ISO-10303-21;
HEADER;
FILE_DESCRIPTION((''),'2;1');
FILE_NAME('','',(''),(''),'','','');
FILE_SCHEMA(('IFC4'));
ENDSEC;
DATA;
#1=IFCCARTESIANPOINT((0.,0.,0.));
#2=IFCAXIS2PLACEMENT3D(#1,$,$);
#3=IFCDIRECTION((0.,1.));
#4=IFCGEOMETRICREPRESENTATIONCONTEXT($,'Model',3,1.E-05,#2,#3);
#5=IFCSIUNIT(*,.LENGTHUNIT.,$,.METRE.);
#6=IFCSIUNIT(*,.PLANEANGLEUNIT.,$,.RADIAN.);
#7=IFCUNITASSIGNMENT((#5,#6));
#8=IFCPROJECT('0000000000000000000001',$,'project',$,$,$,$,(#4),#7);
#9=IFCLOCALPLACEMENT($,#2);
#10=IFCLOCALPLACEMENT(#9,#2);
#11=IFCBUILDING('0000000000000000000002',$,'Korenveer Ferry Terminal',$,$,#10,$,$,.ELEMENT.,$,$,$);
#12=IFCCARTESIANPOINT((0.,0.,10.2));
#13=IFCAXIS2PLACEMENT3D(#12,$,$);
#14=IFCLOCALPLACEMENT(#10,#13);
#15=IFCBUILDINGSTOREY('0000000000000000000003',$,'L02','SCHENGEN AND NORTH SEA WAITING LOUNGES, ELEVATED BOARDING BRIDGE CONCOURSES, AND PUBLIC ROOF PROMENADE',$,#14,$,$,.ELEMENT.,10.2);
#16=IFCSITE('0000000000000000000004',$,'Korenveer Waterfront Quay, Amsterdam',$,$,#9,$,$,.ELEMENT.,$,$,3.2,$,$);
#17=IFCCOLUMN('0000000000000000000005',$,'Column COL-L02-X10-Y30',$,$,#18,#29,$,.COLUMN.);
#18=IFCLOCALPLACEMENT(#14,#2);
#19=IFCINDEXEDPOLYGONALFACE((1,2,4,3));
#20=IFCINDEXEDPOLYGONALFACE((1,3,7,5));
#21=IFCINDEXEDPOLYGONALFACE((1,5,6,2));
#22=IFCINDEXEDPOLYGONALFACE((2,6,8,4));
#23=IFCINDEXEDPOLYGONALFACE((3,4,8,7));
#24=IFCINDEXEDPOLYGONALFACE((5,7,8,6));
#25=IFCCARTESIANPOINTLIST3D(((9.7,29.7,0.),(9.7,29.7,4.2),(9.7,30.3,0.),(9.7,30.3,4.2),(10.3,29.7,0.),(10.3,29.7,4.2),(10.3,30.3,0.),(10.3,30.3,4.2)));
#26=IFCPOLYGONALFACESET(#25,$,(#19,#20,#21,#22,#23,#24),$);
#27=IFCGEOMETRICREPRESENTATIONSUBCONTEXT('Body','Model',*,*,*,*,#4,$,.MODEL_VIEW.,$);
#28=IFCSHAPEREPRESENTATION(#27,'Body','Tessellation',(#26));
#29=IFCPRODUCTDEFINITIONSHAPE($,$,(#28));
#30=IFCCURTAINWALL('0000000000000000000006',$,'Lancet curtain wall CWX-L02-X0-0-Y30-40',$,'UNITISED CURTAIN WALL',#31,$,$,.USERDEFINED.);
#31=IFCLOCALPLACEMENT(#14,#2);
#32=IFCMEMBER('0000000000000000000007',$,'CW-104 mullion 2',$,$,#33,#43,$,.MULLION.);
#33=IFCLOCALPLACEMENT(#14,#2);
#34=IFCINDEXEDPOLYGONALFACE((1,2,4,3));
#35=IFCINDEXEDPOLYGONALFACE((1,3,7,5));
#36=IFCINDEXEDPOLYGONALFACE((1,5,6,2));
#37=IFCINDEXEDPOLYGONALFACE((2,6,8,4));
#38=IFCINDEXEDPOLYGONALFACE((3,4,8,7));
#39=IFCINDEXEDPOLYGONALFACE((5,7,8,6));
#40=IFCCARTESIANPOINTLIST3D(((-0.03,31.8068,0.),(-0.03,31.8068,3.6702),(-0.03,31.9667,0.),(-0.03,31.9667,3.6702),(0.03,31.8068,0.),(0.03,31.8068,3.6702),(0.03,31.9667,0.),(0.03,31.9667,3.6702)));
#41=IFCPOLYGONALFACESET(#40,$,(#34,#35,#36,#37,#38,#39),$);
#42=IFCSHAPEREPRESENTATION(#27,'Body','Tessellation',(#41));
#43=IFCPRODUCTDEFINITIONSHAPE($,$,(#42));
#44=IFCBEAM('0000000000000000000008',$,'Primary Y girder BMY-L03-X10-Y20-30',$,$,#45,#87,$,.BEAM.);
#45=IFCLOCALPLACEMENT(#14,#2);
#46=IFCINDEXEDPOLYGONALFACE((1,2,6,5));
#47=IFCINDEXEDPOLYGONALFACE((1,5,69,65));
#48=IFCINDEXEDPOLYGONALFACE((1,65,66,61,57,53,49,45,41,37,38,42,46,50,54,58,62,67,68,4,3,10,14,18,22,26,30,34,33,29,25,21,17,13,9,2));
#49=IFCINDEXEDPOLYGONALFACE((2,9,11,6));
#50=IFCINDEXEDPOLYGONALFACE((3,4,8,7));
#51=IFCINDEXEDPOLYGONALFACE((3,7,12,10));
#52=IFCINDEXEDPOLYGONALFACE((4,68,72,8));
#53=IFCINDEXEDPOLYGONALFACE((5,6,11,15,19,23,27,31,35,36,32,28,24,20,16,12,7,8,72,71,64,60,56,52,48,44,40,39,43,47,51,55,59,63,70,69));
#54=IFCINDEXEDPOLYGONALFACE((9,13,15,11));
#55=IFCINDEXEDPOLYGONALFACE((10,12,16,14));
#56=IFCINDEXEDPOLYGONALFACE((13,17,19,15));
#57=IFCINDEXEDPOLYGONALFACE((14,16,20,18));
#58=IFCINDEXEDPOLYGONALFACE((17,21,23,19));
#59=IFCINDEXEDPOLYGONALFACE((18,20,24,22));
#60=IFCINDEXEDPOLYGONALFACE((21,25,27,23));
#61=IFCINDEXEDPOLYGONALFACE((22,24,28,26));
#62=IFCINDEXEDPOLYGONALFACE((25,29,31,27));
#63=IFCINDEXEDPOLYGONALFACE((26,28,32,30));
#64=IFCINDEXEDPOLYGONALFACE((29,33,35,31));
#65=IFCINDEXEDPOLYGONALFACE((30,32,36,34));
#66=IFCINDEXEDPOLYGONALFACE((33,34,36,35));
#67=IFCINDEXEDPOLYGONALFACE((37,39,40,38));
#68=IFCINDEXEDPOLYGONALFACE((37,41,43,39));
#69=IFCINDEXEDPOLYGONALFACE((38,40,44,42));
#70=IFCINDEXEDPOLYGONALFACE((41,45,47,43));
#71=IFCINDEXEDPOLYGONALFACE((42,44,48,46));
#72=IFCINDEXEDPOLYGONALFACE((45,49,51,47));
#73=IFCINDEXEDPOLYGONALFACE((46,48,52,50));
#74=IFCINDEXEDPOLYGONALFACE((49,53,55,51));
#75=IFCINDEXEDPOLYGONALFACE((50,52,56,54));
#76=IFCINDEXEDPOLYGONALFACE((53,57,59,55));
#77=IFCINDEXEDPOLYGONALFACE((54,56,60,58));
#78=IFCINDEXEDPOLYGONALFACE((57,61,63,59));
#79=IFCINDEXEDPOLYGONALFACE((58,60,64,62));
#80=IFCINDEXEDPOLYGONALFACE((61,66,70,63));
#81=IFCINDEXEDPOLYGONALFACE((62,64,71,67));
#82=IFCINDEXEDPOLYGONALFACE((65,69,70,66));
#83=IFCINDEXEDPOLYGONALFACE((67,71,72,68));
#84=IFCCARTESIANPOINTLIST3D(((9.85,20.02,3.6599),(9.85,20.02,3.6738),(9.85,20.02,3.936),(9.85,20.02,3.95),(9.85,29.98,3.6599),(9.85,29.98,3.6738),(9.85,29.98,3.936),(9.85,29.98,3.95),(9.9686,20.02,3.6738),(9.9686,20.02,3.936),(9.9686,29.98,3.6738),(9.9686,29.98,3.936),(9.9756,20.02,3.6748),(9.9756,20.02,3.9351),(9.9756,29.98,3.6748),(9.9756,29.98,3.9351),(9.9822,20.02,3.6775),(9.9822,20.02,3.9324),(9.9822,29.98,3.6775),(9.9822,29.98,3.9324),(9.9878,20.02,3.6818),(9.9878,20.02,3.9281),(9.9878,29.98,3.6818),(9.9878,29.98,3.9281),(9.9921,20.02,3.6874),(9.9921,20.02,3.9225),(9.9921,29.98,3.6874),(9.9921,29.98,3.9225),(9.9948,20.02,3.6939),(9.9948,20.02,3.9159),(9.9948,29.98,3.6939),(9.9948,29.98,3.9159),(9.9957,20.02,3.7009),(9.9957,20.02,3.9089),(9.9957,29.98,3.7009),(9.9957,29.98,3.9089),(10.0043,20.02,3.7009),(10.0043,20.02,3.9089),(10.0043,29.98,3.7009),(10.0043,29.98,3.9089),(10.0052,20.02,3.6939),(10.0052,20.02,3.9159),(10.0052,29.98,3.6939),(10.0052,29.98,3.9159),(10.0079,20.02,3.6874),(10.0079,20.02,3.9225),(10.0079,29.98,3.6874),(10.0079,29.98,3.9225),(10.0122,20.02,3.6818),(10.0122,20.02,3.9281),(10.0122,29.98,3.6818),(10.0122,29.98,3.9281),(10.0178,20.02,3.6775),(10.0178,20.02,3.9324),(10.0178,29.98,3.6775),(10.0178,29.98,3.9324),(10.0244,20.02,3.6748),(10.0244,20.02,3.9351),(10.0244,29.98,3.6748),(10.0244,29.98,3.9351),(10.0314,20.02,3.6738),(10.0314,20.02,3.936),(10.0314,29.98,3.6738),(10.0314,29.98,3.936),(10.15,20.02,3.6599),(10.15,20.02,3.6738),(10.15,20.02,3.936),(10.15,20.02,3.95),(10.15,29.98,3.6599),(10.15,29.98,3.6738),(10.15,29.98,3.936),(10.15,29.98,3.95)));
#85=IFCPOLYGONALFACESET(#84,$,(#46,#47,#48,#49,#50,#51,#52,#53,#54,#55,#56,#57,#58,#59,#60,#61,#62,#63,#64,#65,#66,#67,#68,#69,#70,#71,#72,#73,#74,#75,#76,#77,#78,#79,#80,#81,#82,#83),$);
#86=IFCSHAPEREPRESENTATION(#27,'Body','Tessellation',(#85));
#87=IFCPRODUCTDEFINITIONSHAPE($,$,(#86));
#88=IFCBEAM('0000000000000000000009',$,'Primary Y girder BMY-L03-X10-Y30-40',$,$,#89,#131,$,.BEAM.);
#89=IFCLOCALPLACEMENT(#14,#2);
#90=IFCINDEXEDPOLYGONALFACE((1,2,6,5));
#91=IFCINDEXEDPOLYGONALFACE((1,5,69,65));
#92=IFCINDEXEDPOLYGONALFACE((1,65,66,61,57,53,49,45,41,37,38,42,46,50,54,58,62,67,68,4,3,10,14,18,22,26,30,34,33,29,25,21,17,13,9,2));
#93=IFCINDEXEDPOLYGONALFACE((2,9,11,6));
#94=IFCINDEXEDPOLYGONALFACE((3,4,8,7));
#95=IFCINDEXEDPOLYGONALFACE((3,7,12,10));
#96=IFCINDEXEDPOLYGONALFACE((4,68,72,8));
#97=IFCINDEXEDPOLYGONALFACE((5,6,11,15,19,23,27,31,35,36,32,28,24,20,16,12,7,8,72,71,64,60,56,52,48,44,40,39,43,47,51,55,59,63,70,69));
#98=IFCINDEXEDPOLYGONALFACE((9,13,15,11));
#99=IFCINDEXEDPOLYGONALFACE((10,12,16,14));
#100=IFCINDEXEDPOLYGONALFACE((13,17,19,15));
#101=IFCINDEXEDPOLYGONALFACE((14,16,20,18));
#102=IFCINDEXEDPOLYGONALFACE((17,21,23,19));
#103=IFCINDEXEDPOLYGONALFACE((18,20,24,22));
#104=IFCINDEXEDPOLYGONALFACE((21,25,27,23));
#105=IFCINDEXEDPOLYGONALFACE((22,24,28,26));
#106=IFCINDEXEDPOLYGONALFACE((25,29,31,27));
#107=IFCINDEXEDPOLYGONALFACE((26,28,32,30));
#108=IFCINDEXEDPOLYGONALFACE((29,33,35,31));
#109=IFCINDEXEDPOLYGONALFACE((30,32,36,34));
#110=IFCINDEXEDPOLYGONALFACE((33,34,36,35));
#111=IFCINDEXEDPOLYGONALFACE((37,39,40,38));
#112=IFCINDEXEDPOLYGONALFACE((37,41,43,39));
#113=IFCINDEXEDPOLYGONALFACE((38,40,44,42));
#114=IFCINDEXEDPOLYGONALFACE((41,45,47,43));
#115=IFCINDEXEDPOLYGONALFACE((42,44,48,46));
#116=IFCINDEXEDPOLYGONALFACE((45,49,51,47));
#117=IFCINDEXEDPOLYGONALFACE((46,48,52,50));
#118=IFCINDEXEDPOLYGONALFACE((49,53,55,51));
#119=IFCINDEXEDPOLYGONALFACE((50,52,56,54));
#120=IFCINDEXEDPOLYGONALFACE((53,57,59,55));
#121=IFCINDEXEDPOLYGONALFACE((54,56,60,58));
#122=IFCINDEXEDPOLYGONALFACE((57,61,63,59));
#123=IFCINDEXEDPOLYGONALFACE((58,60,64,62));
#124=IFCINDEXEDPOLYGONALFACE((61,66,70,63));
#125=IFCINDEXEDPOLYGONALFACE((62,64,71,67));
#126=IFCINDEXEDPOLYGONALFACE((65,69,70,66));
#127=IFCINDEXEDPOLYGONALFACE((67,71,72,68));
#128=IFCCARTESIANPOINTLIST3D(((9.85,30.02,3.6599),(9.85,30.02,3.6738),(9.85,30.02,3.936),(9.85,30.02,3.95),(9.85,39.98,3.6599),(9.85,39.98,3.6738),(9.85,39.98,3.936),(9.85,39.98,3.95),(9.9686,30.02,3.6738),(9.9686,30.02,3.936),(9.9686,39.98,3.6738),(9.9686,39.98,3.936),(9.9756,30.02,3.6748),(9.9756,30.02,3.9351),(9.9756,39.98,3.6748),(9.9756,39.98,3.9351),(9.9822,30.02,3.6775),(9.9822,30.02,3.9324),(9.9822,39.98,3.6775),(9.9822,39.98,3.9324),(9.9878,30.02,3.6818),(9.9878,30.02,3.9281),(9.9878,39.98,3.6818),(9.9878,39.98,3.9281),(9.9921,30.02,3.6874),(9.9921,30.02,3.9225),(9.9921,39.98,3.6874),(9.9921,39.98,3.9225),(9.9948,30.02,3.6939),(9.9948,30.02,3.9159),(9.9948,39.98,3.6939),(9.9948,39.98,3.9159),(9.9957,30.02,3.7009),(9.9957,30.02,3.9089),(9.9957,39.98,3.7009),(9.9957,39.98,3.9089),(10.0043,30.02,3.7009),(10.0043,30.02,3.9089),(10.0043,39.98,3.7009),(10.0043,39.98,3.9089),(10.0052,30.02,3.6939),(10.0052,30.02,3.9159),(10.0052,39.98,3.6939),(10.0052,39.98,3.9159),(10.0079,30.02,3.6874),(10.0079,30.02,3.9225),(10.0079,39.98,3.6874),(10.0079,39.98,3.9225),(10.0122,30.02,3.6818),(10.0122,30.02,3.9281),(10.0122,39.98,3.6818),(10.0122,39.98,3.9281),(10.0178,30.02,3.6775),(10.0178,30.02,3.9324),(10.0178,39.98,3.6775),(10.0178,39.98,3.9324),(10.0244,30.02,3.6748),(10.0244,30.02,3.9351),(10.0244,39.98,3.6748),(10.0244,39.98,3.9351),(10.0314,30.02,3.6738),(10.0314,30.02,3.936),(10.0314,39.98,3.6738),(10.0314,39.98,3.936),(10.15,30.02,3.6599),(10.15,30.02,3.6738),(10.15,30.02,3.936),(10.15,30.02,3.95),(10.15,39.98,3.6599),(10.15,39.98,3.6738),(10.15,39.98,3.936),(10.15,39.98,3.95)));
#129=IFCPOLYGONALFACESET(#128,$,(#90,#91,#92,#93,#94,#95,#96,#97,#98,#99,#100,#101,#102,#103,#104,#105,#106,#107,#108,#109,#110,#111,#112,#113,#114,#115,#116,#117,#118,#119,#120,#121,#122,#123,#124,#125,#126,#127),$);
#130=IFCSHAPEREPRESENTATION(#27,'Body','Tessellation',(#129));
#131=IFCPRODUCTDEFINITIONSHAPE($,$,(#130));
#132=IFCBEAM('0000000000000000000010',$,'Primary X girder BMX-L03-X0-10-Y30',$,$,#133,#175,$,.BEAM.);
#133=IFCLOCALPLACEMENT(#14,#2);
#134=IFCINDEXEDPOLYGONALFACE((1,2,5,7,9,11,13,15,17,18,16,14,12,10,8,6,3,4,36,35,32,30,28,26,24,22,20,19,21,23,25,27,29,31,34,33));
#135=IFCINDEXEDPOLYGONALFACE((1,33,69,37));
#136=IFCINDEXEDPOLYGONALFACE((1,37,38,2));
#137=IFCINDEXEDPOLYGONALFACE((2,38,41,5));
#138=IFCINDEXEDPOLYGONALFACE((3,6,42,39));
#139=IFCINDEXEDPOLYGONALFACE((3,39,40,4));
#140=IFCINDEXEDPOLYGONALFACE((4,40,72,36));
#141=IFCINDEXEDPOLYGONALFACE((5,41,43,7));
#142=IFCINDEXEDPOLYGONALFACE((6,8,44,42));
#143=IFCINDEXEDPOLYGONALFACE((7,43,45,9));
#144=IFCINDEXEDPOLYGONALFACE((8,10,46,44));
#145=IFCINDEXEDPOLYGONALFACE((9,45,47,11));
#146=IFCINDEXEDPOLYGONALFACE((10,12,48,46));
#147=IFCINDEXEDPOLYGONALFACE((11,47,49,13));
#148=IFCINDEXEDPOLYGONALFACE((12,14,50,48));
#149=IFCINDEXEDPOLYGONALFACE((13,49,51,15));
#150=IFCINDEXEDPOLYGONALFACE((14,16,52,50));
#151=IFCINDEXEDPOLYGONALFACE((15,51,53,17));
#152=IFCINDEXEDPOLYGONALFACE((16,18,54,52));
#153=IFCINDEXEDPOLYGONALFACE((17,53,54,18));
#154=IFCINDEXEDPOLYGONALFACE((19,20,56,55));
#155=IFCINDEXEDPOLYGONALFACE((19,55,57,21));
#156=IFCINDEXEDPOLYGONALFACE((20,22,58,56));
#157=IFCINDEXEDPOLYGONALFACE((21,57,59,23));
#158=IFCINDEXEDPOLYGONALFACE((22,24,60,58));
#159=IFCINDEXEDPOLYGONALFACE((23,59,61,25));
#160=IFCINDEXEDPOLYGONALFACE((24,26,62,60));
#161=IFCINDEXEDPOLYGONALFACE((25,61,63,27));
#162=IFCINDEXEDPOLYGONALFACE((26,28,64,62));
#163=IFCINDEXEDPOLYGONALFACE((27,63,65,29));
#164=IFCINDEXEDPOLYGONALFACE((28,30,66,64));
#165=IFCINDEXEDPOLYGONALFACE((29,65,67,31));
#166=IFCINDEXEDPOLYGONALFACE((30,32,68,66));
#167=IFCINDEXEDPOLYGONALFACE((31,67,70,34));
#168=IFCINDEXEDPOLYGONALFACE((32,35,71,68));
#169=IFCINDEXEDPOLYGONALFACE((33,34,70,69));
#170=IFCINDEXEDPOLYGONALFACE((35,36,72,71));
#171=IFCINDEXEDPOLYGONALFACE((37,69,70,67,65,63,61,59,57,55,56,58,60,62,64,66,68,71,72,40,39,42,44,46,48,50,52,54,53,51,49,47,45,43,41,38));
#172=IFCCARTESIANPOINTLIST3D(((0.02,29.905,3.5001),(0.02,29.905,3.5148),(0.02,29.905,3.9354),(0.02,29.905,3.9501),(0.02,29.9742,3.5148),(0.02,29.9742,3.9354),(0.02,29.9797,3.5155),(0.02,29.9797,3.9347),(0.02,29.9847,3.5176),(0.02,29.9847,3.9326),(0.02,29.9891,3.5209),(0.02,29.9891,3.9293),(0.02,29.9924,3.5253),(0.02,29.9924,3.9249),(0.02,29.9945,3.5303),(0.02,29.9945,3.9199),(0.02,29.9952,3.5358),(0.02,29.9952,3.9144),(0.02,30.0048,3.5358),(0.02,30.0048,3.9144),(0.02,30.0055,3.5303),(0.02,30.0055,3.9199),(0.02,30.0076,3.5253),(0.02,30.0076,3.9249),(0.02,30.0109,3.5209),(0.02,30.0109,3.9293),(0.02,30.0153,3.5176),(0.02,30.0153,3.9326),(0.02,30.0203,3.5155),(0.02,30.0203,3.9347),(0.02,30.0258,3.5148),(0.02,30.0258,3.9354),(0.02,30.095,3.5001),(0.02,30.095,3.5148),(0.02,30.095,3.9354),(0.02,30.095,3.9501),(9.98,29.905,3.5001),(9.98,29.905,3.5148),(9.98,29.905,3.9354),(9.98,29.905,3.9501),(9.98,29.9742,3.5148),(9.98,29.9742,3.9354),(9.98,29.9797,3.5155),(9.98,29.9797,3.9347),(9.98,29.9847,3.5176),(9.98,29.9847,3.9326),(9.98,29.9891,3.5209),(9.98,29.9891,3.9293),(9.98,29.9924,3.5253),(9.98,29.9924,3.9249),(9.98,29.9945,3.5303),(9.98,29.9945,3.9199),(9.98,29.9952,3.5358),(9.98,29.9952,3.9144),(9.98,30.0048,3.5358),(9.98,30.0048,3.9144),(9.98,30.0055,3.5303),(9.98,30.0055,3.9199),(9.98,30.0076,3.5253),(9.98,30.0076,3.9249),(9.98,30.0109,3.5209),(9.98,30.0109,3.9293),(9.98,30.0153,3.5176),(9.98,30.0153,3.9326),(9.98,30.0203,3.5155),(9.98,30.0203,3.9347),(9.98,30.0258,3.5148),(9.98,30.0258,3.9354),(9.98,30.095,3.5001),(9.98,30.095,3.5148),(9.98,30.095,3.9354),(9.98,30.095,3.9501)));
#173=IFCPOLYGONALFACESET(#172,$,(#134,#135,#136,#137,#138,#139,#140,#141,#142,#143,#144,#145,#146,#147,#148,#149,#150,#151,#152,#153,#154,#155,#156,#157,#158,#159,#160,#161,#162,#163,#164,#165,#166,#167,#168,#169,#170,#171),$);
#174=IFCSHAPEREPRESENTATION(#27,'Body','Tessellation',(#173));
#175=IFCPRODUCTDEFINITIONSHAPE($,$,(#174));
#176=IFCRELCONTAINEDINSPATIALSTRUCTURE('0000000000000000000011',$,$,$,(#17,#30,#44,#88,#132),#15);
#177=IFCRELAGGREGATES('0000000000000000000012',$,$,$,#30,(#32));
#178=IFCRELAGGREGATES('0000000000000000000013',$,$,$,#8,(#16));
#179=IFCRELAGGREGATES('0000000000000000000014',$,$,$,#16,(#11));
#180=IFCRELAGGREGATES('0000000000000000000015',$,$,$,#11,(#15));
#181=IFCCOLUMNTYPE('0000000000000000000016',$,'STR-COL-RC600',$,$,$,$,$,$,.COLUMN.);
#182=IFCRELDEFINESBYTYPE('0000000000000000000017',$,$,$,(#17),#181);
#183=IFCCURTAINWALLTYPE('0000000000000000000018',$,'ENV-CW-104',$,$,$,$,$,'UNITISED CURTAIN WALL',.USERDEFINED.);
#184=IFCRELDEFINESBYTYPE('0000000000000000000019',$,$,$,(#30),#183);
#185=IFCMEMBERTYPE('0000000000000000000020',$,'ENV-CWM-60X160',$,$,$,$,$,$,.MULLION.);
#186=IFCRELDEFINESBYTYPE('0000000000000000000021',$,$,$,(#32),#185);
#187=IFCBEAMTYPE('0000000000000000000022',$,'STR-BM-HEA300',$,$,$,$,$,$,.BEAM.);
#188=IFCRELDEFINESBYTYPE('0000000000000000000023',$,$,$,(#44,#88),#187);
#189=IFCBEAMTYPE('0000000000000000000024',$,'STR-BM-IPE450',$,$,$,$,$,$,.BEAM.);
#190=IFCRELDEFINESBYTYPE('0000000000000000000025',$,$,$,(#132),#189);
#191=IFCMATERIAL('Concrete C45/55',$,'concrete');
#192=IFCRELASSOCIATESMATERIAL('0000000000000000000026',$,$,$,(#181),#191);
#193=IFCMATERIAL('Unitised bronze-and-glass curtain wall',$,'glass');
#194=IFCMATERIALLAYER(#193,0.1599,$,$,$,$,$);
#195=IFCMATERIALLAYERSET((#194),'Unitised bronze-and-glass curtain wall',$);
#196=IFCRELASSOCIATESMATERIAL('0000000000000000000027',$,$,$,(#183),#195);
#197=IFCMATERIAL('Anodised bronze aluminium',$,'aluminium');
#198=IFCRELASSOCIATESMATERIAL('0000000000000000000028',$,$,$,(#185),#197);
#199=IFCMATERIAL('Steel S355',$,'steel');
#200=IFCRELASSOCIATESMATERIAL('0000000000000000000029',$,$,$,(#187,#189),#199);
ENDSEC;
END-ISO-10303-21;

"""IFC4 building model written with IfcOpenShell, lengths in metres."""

from ifc_helpers import new_model, si_unit, direction, frame, origin, origin_2d, place, context, subcontext, project, spatial, rectangle, i_section, extrude, material, layer, layer_set, material_profile, profile_set, type_object, element, aggregate, save


model = new_model("IFC4")

# Units and contexts
model_context = context("Model", 3, precision=1e-05, world=origin(), true_north=direction((0.0, 1.0)))
body_context = subcontext(model_context, "Body", "Model", "MODEL_VIEW")
ifc_project = project(units=[si_unit("LENGTHUNIT", "METRE"), si_unit("PLANEANGLEUNIT", "RADIAN")], contexts=[model_context])

# Site, building, storey
site_placement = place(None, origin())
site = spatial("IfcSite", under=ifc_project, at=site_placement, Name="Korenveer Waterfront Quay, Amsterdam", CompositionType="ELEMENT", RefElevation=3.2)
building_placement = place(site_placement, origin())
building = spatial("IfcBuilding", under=site, at=building_placement, Name="Korenveer Ferry Terminal", CompositionType="ELEMENT")
storey_placement = place(building_placement, frame((0.0, 0.0, 10.2)))
storey = spatial("IfcBuildingStorey", under=building, at=storey_placement, Name="L02", Description="SCHENGEN AND NORTH SEA WAITING LOUNGES, ELEVATED BOARDING BRIDGE CONCOURSES, AND PUBLIC ROOF PROMENADE", CompositionType="ELEMENT", Elevation=10.2)

# Column
ifc_material_1 = material(Name="Concrete C45/55", Category="concrete")
ifc_material_profile_1 = material_profile(ifc_material_1, rectangle(XDim=0.6001, YDim=0.6001, at=origin_2d()), Name="RC 600x600")
ifc_profile_set_1 = profile_set([ifc_material_profile_1], Name="Concrete C45/55")
column_type = type_object("IfcColumnType", Name="STR-COL-RC600", PredefinedType="COLUMN", material=ifc_profile_set_1)
column_placement = place(storey_placement, frame((10.0, 30.0, 0.0), z_axis=(0.0, 0.0, 1.0), x_axis=(1.0, 0.0, 0.0)))
element("IfcColumn", 1, at=column_placement, inside=storey, type_object=column_type, Name="Column COL-L02-X10-Y30", PredefinedType="COLUMN", context=body_context, shape_type="SweptSolid", body=[
    extrude(rectangle(XDim=0.6001, YDim=0.6001, at=origin_2d()), origin(), (0.0, 0.0, 1.0), 4.2),
])

# Curtain wall, member
ifc_material_2 = material(Name="Unitised bronze-and-glass curtain wall", Category="glass")
ifc_layer_1 = layer(ifc_material_2, 0.1599)
ifc_layer_set_1 = layer_set([ifc_layer_1], Name="Unitised bronze-and-glass curtain wall")
curtain_wall_type = type_object("IfcCurtainWallType", Name="ENV-CW-104", ElementType="UNITISED CURTAIN WALL", PredefinedType="USERDEFINED", material=ifc_layer_set_1)
curtain_wall_placement = place(storey_placement, frame((0.0, 30.3301, 0.0)))
curtain_wall = element("IfcCurtainWall", 2, at=curtain_wall_placement, inside=storey, type_object=curtain_wall_type, Name="Lancet curtain wall CWX-L02-X0-0-Y30-40", ObjectType="UNITISED CURTAIN WALL", PredefinedType="USERDEFINED")
ifc_material_3 = material(Name="Anodised bronze aluminium", Category="aluminium")
ifc_material_profile_2 = material_profile(ifc_material_3, rectangle(XDim=0.0601, YDim=0.1599, at=origin_2d()), Name="ALU 60x160")
ifc_profile_set_2 = profile_set([ifc_material_profile_2], Name="Anodised bronze aluminium")
member_type = type_object("IfcMemberType", Name="ENV-CWM-60X160", PredefinedType="MULLION", material=ifc_profile_set_2)
member_placement = place(storey_placement, frame((0.0, 31.8867, 0.0), z_axis=(0.0, 0.0, 1.0), x_axis=(-1.0, 0.0, 0.0)))
member = element("IfcMember", 3, at=member_placement, type_object=member_type, Name="CW-104 mullion 2", PredefinedType="MULLION", context=body_context, shape_type="SweptSolid", body=[
    extrude(rectangle(XDim=0.0601, YDim=0.1599, at=origin_2d()), origin(), (0.0, 0.0, 1.0), 3.6702),
])

# Beams
ifc_material_4 = material(Name="Steel S355", Category="steel")
ifc_material_profile_3 = material_profile(ifc_material_4, i_section(OverallWidth=0.3, OverallDepth=0.29, WebThickness=0.0085, FlangeThickness=0.0139, FilletRadius=0.0271, at=origin_2d()), Name="HEA 300")
ifc_profile_set_3 = profile_set([ifc_material_profile_3], Name="Steel S355")
beam_type_1 = type_object("IfcBeamType", Name="STR-BM-HEA300", PredefinedType="BEAM", material=ifc_profile_set_3)
for number, where, z_axis, x_axis, name in (
    (4, (10.0, 20.02, 3.8049), (0.0, 1.0, 0.0), (-1.0, 0.0, 0.0), "Primary Y girder BMY-L03-X10-Y20-30"),
    (5, (10.0, 30.02, 3.8049), (0.0, 1.0, 0.0), (-1.0, 0.0, 0.0), "Primary Y girder BMY-L03-X10-Y30-40"),
):
    element("IfcBeam", number, at=place(storey_placement, frame(where, z_axis=z_axis, x_axis=x_axis)), inside=storey, type_object=beam_type_1, Name=name, PredefinedType="BEAM", context=body_context, shape_type="SweptSolid", body=[
        extrude(i_section(OverallWidth=0.3, OverallDepth=0.29, WebThickness=0.0085, FlangeThickness=0.0139, FilletRadius=0.0271, at=origin_2d()), origin(), (0.0, 0.0, 1.0), 9.96),
    ])
ifc_material_profile_4 = material_profile(ifc_material_4, i_section(OverallWidth=0.1899, OverallDepth=0.45, WebThickness=0.0095, FlangeThickness=0.0146, FilletRadius=0.021, at=origin_2d()), Name="IPE 450")
ifc_profile_set_4 = profile_set([ifc_material_profile_4], Name="Steel S355")
beam_type_2 = type_object("IfcBeamType", Name="STR-BM-IPE450", PredefinedType="BEAM", material=ifc_profile_set_4)
for number, where, z_axis, x_axis, name in (
    (6, (0.02, 30.0, 3.7251), (1.0, 0.0, 0.0), (0.0, 1.0, 0.0), "Primary X girder BMX-L03-X0-10-Y30"),
):
    element("IfcBeam", number, at=place(storey_placement, frame(where, z_axis=z_axis, x_axis=x_axis)), inside=storey, type_object=beam_type_2, Name=name, PredefinedType="BEAM", context=body_context, shape_type="SweptSolid", body=[
        extrude(i_section(OverallWidth=0.1899, OverallDepth=0.45, WebThickness=0.0095, FlangeThickness=0.0146, FilletRadius=0.021, at=origin_2d()), origin(), (0.0, 0.0, 1.0), 9.96),
    ])

aggregate(curtain_wall, [member])

save(model, "model.ifc")
